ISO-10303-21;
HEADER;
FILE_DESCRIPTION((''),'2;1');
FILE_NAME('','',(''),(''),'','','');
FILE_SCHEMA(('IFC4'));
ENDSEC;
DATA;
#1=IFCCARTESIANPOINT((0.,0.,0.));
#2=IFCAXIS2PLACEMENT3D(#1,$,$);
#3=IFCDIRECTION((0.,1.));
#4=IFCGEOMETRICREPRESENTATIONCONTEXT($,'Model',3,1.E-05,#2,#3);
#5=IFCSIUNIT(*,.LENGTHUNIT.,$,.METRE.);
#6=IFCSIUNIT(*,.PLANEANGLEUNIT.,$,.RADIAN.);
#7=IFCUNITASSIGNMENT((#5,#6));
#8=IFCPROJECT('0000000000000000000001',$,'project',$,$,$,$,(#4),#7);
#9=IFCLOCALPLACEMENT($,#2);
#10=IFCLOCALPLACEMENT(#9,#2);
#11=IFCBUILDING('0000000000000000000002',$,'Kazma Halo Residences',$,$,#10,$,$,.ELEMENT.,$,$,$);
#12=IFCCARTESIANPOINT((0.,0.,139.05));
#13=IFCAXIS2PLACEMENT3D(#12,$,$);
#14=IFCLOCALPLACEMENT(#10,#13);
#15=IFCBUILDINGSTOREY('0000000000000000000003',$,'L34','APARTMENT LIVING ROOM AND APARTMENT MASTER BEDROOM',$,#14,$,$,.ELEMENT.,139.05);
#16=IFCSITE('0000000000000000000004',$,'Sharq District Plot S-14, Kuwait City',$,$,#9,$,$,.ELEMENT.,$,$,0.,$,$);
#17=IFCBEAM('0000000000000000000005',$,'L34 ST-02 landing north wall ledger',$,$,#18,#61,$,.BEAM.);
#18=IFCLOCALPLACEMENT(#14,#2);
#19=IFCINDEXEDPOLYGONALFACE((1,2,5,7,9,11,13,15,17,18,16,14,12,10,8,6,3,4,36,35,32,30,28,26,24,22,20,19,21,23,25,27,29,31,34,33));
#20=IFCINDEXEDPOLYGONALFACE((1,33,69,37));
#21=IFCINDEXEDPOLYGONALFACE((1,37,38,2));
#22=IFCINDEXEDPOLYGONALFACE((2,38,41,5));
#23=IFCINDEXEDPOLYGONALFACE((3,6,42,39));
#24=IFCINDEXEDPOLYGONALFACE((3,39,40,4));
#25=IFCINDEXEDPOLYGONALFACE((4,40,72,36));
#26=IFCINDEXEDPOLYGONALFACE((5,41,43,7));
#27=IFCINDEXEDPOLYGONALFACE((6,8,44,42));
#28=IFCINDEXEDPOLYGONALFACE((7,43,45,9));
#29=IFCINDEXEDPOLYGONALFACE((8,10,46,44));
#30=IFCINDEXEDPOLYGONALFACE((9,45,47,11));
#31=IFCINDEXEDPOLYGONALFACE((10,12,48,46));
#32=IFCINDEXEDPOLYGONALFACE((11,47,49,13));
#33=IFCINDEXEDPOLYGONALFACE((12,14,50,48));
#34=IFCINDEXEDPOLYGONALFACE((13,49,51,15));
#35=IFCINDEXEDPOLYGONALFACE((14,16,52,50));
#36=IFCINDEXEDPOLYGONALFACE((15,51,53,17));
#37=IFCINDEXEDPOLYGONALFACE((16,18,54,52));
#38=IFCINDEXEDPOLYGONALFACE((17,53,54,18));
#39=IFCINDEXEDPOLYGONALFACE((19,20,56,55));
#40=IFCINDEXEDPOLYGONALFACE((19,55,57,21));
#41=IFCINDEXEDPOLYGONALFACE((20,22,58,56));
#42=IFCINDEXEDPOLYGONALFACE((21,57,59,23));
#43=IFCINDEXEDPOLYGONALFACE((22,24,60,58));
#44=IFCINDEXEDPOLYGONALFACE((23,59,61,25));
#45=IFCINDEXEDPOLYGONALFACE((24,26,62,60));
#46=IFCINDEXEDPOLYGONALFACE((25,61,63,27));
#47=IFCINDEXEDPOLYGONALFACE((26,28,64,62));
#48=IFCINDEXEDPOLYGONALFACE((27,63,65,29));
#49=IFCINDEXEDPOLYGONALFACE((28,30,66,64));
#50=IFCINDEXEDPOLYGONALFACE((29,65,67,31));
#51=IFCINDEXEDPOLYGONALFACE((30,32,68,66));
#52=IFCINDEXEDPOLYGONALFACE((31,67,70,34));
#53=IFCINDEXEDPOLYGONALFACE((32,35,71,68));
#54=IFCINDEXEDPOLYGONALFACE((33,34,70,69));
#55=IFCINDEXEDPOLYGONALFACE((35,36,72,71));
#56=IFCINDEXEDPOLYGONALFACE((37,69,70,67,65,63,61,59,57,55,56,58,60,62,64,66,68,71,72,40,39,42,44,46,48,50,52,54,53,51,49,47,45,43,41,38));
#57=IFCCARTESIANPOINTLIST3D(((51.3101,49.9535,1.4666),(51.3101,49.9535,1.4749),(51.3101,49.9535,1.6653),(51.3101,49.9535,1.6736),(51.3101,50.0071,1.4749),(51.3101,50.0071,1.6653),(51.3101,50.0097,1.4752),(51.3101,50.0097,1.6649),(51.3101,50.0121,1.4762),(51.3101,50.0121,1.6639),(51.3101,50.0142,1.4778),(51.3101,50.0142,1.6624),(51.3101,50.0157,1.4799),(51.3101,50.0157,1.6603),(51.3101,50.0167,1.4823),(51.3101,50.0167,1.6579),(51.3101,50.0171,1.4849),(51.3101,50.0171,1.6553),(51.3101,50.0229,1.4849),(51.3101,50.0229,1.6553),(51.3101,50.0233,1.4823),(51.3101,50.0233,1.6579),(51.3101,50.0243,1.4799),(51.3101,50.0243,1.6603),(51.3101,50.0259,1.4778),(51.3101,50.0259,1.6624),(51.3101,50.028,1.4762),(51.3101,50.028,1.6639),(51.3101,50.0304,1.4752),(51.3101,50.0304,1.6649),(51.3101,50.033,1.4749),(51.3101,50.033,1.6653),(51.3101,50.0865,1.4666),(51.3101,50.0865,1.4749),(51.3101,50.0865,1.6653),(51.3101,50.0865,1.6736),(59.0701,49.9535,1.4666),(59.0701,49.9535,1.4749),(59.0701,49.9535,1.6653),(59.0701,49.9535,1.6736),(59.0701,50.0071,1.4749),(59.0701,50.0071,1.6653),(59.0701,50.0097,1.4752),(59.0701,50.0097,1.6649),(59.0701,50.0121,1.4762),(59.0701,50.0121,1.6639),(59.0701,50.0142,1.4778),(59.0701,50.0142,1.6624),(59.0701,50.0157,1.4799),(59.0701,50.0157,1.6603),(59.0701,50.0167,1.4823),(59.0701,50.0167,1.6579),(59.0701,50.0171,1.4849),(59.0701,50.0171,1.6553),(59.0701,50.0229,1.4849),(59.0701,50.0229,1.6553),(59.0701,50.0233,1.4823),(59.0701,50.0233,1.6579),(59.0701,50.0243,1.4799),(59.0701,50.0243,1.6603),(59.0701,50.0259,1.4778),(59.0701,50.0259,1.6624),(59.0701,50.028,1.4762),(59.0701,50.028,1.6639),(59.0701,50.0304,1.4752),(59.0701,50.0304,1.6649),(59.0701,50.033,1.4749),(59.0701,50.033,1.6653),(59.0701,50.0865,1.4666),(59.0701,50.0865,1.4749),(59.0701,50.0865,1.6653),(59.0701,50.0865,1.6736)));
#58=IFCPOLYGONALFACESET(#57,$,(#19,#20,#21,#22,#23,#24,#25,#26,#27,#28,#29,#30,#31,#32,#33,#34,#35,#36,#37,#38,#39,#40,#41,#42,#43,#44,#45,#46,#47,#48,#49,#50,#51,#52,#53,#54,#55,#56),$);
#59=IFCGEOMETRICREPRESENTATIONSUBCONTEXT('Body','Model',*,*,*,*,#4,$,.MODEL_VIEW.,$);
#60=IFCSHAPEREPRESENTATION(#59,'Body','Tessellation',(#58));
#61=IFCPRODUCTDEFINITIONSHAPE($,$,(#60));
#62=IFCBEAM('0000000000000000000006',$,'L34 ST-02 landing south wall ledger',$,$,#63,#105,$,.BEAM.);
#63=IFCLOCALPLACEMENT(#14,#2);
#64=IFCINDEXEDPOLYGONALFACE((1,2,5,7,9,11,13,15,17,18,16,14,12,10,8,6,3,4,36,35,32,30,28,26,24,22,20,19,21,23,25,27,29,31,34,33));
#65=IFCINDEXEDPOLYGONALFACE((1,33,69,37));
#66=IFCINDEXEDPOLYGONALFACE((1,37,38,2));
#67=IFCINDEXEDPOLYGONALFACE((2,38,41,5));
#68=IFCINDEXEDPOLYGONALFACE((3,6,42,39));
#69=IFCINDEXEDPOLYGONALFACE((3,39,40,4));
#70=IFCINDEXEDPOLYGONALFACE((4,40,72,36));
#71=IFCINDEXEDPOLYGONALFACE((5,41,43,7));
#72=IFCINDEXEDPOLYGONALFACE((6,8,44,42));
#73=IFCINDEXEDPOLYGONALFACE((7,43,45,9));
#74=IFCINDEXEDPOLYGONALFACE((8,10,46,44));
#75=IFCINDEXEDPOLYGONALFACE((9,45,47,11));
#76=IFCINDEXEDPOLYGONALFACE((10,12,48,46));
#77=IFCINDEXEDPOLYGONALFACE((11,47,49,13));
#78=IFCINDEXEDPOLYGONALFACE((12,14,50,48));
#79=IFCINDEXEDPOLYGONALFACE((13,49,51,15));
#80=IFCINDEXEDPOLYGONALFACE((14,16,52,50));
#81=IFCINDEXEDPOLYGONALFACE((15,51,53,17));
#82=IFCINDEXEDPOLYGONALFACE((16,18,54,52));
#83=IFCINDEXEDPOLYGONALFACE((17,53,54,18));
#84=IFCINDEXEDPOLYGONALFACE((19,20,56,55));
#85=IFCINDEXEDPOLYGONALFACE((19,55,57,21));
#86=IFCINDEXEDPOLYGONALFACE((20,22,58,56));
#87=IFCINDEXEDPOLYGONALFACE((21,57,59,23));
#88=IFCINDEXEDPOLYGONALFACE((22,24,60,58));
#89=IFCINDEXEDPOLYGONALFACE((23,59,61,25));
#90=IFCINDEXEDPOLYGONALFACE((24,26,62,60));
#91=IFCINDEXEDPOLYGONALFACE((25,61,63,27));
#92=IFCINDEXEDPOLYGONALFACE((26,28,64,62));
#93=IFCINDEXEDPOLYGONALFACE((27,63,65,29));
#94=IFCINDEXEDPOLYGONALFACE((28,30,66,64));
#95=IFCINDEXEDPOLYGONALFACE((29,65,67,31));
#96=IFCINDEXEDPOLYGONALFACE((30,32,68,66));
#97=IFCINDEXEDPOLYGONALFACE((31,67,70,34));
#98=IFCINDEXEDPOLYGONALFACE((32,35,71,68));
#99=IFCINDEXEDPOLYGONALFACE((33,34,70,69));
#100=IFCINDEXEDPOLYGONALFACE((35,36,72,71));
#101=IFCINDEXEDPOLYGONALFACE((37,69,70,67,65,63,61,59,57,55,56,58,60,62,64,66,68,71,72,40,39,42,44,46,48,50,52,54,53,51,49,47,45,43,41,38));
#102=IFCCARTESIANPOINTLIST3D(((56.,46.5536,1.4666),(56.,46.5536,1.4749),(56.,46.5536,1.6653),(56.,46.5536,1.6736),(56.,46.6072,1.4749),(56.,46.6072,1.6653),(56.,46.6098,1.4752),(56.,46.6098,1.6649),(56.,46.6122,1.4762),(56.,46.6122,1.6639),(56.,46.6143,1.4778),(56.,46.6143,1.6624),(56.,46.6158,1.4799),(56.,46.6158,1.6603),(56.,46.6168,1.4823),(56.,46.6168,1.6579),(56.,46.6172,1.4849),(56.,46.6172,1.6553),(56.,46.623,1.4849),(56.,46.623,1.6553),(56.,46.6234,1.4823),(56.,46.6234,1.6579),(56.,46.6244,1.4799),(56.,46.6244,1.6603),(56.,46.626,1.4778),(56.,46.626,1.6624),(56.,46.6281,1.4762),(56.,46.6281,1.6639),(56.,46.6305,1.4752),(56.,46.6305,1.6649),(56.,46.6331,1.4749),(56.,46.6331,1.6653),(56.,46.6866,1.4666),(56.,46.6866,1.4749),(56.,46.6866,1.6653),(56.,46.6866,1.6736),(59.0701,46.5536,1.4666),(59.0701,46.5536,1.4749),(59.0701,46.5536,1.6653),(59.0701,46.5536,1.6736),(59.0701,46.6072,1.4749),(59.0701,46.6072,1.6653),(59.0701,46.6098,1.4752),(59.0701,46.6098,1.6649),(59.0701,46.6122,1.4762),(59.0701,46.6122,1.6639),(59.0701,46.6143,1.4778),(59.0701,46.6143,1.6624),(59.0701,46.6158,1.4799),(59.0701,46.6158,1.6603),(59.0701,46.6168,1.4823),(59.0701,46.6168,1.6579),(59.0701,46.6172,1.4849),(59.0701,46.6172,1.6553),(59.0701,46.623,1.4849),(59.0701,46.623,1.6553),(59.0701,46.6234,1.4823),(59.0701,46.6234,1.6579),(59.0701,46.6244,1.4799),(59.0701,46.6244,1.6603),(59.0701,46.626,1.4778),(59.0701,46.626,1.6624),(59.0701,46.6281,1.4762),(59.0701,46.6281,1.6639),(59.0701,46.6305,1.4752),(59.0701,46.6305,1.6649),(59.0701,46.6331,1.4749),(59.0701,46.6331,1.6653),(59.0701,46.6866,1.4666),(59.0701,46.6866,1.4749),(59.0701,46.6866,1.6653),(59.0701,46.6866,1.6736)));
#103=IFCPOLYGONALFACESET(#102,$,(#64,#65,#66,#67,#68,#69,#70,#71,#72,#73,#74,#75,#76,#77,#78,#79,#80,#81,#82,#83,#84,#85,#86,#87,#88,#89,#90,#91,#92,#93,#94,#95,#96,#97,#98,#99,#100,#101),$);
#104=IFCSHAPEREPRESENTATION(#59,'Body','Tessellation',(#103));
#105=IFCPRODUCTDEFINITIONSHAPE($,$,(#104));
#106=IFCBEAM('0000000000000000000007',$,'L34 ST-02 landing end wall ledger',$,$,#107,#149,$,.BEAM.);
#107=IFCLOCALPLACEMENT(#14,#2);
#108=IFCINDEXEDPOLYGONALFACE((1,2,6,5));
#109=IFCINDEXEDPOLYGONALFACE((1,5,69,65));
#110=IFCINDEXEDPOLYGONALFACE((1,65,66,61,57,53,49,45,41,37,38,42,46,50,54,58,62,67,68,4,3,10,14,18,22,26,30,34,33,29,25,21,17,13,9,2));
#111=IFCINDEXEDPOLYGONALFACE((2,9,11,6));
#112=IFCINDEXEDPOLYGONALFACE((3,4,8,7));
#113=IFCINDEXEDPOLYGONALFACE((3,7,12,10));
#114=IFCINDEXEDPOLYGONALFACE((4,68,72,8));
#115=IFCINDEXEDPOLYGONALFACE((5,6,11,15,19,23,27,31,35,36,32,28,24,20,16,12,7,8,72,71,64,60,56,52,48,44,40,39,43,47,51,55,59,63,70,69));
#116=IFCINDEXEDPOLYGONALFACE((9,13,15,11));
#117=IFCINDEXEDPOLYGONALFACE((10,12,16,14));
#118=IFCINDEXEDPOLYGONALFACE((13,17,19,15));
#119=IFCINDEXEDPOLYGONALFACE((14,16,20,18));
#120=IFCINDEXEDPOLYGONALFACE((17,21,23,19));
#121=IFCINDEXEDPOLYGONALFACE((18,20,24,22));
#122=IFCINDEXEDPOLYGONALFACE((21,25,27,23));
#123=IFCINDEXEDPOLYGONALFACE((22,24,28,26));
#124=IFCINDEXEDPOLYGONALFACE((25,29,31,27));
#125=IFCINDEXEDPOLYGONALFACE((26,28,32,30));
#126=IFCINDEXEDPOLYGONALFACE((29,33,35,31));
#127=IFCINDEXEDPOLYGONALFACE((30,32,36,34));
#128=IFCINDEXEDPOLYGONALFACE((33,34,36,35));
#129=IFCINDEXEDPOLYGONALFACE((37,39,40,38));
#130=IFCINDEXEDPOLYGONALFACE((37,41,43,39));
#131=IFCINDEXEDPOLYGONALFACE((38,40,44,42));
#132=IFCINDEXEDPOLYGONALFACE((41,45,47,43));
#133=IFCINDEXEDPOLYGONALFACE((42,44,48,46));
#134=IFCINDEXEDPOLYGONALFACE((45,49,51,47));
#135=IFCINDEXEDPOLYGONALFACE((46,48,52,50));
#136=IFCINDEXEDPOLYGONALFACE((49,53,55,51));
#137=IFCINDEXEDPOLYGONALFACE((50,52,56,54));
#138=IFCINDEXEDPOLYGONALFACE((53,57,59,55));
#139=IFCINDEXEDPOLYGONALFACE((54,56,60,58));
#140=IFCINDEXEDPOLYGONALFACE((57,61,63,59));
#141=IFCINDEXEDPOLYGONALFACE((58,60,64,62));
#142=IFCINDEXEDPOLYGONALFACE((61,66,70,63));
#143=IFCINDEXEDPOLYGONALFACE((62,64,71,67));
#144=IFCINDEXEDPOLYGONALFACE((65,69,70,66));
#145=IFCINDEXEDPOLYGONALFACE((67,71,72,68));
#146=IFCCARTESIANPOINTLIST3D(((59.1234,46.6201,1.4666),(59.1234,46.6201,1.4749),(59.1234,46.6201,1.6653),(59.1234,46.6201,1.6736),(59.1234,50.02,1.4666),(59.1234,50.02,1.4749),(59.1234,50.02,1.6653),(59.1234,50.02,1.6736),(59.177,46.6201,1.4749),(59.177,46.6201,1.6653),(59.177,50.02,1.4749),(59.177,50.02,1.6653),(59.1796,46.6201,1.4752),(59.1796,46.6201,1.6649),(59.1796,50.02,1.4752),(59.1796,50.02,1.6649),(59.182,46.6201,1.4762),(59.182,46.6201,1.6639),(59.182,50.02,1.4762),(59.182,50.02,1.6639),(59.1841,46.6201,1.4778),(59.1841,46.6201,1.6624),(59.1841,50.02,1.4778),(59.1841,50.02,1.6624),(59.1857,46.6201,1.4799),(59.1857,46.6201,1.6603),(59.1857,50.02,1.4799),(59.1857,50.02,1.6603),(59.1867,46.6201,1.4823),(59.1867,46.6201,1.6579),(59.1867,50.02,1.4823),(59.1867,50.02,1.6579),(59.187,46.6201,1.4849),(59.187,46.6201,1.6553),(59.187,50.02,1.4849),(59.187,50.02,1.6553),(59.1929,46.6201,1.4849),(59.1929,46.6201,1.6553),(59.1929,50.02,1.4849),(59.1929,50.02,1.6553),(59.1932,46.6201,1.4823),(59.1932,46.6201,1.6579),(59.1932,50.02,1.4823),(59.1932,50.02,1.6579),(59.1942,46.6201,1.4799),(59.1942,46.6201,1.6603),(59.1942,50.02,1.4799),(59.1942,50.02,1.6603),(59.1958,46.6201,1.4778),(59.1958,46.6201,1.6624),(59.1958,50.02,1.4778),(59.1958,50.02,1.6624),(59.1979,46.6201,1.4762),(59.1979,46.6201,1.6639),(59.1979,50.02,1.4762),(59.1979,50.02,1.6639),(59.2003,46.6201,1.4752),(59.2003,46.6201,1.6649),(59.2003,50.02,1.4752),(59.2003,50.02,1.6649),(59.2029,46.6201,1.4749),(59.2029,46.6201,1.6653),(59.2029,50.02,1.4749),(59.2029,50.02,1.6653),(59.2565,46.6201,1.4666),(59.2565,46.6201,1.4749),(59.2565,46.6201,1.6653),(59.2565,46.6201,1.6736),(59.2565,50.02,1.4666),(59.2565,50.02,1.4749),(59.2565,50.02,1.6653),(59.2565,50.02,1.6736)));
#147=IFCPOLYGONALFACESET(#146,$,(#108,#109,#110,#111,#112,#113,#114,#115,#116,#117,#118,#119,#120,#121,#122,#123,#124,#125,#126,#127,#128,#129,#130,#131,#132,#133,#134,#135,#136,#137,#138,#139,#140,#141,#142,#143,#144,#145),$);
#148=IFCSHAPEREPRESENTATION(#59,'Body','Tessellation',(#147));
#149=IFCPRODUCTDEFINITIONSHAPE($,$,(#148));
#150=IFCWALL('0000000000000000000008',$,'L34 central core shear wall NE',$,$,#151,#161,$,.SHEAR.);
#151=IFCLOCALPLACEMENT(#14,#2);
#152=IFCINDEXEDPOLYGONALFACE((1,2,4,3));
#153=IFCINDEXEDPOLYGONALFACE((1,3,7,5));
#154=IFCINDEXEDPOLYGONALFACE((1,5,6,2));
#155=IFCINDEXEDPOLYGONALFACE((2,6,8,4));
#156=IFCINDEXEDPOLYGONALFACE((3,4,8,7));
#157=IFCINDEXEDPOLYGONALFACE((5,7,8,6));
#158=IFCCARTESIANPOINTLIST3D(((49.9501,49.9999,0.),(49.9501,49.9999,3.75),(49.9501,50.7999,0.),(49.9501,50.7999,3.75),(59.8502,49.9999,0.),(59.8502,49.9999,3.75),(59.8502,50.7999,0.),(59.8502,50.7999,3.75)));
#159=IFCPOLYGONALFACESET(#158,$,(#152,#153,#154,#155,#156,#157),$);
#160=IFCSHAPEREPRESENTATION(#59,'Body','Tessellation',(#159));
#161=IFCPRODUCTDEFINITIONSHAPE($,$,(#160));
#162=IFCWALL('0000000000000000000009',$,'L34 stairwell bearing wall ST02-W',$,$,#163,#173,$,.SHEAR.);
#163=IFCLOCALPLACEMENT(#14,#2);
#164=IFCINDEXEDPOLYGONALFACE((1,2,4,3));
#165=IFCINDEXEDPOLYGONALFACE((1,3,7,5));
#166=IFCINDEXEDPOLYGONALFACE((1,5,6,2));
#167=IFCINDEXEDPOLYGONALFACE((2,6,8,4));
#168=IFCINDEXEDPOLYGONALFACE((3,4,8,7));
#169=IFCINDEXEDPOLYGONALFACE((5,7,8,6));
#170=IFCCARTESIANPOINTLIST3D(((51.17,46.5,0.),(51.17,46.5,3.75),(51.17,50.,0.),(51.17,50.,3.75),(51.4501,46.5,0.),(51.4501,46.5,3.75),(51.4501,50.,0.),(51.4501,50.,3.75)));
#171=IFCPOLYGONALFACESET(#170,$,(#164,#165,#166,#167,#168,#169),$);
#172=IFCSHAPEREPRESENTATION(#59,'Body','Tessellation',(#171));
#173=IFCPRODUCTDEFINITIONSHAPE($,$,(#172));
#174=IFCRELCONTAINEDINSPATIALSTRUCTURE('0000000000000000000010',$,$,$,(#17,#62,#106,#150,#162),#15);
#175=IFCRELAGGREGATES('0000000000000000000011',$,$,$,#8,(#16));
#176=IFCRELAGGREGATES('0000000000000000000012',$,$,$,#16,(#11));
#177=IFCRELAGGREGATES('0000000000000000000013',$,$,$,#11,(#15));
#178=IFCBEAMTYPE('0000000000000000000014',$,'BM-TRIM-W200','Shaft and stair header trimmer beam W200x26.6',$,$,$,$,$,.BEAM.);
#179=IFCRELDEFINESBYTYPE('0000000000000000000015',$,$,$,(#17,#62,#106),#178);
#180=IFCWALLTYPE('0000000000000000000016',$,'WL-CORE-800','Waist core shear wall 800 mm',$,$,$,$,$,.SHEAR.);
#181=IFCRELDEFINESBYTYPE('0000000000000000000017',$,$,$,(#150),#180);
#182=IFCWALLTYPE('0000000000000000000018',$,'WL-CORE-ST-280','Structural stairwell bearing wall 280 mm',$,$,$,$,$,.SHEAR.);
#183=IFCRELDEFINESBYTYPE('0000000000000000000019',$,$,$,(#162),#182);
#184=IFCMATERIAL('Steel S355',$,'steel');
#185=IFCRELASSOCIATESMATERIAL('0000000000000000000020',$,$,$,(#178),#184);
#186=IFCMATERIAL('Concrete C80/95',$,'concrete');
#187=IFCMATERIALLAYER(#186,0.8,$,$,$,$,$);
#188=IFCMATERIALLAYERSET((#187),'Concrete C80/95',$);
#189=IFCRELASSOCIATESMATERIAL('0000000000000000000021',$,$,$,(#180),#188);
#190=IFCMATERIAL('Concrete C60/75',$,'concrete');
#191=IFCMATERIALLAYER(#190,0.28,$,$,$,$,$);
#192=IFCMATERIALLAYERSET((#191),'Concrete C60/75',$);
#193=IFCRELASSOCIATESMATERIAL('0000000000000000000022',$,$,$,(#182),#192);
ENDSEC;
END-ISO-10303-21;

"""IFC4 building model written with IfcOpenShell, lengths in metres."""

from ifc_helpers import new_model, si_unit, direction, frame, frame_2d, origin, origin_2d, place, context, subcontext, project, spatial, rectangle, i_section, extrude, material, layer, layer_set, material_profile, profile_set, type_object, element, save


model = new_model("IFC4")

# Units and contexts
model_context = context("Model", 3, precision=1e-05, world=origin(), true_north=direction((0.0, 1.0)))
body_context = subcontext(model_context, "Body", "Model", "MODEL_VIEW")
ifc_project = project(units=[si_unit("LENGTHUNIT", "METRE"), si_unit("PLANEANGLEUNIT", "RADIAN")], contexts=[model_context])

# Site, building, storey
site_placement = place(None, origin())
site = spatial("IfcSite", under=ifc_project, at=site_placement, Name="Sharq District Plot S-14, Kuwait City", CompositionType="ELEMENT", RefElevation=0.0)
building_placement = place(site_placement, origin())
building = spatial("IfcBuilding", under=site, at=building_placement, Name="Kazma Halo Residences", CompositionType="ELEMENT")
storey_placement = place(building_placement, frame((0.0, 0.0, 139.05)))
storey = spatial("IfcBuildingStorey", under=building, at=storey_placement, Name="L34", Description="APARTMENT LIVING ROOM AND APARTMENT MASTER BEDROOM", CompositionType="ELEMENT", Elevation=139.05)

# Shared definitions
ifc_material_1 = material(Name="Steel S355", Category="steel")

# Beams
ifc_material_profile_1 = material_profile(ifc_material_1, i_section(OverallWidth=0.1331, OverallDepth=0.207, WebThickness=0.0059, FlangeThickness=0.0083, FilletRadius=0.01, at=origin_2d()), Name="W200x26.6")
ifc_profile_set_1 = profile_set([ifc_material_profile_1], Name="Steel S355")
beam_type_1 = type_object("IfcBeamType", Name="BM-TRIM-W200", Description="Shaft and stair header trimmer beam W200x26.6", PredefinedType="BEAM", material=ifc_profile_set_1)
beam_1_placement = place(storey_placement, frame((51.3101, 50.02, 1.5701), z_axis=(1.0, 0.0, 0.0), x_axis=(0.0, 1.0, 0.0)))
element("IfcBeam", 1, at=beam_1_placement, inside=storey, type_object=beam_type_1, Name="L34 ST-02 landing north wall ledger", PredefinedType="BEAM", context=body_context, shape_type="SweptSolid", body=[
    extrude(i_section(OverallWidth=0.1331, OverallDepth=0.207, WebThickness=0.0059, FlangeThickness=0.0083, FilletRadius=0.01, at=origin_2d()), origin(), (0.0, 0.0, 1.0), 7.76),
])
beam_2_placement = place(storey_placement, frame((56.0, 46.6201, 1.5701), z_axis=(1.0, 0.0, 0.0), x_axis=(0.0, 1.0, 0.0)))
element("IfcBeam", 2, at=beam_2_placement, inside=storey, type_object=beam_type_1, Name="L34 ST-02 landing south wall ledger", PredefinedType="BEAM", context=body_context, shape_type="SweptSolid", body=[
    extrude(i_section(OverallWidth=0.1331, OverallDepth=0.207, WebThickness=0.0059, FlangeThickness=0.0083, FilletRadius=0.01, at=origin_2d()), origin(), (0.0, 0.0, 1.0), 3.0701),
])
beam_3_placement = place(storey_placement, frame((59.1899, 46.6201, 1.5701), z_axis=(0.0, 1.0, 0.0), x_axis=(-1.0, 0.0, 0.0)))
element("IfcBeam", 3, at=beam_3_placement, inside=storey, type_object=beam_type_1, Name="L34 ST-02 landing end wall ledger", PredefinedType="BEAM", context=body_context, shape_type="SweptSolid", body=[
    extrude(i_section(OverallWidth=0.1331, OverallDepth=0.207, WebThickness=0.0059, FlangeThickness=0.0083, FilletRadius=0.01, at=origin_2d()), origin(), (0.0, 0.0, 1.0), 3.3999),
])

# Walls
ifc_material_2 = material(Name="Concrete C80/95", Category="concrete")
ifc_layer_1 = layer(ifc_material_2, 0.8)
ifc_layer_set_1 = layer_set([ifc_layer_1], Name="Concrete C80/95")
wall_type_1 = type_object("IfcWallType", Name="WL-CORE-800", Description="Waist core shear wall 800 mm", PredefinedType="SHEAR", material=ifc_layer_set_1)
wall_1_placement = place(storey_placement, frame((49.95, 50.3999, 0.0), z_axis=(0.0, 0.0, 1.0), x_axis=(1.0, 0.0, 0.0)))
element("IfcWall", 4, at=wall_1_placement, inside=storey, type_object=wall_type_1, Name="L34 central core shear wall NE", PredefinedType="SHEAR", context=body_context, shape_type="SweptSolid", body=[
    extrude(rectangle(XDim=9.9001, YDim=0.8, at=frame_2d((4.9502, 0.0))), origin(), (0.0, 0.0, 1.0), 3.75),
])
ifc_material_3 = material(Name="Concrete C60/75", Category="concrete")
ifc_layer_2 = layer(ifc_material_3, 0.28)
ifc_layer_set_2 = layer_set([ifc_layer_2], Name="Concrete C60/75")
wall_type_2 = type_object("IfcWallType", Name="WL-CORE-ST-280", Description="Structural stairwell bearing wall 280 mm", PredefinedType="SHEAR", material=ifc_layer_set_2)
wall_2_placement = place(storey_placement, frame((51.3101, 46.5, 0.0), z_axis=(0.0, 0.0, 1.0), x_axis=(0.0, 1.0, 0.0)))
element("IfcWall", 5, at=wall_2_placement, inside=storey, type_object=wall_type_2, Name="L34 stairwell bearing wall ST02-W", PredefinedType="SHEAR", context=body_context, shape_type="SweptSolid", body=[
    extrude(rectangle(XDim=3.5, YDim=0.28, at=frame_2d((1.75, 0.0))), origin(), (0.0, 0.0, 1.0), 3.75),
])

save(model, "model.ifc")
